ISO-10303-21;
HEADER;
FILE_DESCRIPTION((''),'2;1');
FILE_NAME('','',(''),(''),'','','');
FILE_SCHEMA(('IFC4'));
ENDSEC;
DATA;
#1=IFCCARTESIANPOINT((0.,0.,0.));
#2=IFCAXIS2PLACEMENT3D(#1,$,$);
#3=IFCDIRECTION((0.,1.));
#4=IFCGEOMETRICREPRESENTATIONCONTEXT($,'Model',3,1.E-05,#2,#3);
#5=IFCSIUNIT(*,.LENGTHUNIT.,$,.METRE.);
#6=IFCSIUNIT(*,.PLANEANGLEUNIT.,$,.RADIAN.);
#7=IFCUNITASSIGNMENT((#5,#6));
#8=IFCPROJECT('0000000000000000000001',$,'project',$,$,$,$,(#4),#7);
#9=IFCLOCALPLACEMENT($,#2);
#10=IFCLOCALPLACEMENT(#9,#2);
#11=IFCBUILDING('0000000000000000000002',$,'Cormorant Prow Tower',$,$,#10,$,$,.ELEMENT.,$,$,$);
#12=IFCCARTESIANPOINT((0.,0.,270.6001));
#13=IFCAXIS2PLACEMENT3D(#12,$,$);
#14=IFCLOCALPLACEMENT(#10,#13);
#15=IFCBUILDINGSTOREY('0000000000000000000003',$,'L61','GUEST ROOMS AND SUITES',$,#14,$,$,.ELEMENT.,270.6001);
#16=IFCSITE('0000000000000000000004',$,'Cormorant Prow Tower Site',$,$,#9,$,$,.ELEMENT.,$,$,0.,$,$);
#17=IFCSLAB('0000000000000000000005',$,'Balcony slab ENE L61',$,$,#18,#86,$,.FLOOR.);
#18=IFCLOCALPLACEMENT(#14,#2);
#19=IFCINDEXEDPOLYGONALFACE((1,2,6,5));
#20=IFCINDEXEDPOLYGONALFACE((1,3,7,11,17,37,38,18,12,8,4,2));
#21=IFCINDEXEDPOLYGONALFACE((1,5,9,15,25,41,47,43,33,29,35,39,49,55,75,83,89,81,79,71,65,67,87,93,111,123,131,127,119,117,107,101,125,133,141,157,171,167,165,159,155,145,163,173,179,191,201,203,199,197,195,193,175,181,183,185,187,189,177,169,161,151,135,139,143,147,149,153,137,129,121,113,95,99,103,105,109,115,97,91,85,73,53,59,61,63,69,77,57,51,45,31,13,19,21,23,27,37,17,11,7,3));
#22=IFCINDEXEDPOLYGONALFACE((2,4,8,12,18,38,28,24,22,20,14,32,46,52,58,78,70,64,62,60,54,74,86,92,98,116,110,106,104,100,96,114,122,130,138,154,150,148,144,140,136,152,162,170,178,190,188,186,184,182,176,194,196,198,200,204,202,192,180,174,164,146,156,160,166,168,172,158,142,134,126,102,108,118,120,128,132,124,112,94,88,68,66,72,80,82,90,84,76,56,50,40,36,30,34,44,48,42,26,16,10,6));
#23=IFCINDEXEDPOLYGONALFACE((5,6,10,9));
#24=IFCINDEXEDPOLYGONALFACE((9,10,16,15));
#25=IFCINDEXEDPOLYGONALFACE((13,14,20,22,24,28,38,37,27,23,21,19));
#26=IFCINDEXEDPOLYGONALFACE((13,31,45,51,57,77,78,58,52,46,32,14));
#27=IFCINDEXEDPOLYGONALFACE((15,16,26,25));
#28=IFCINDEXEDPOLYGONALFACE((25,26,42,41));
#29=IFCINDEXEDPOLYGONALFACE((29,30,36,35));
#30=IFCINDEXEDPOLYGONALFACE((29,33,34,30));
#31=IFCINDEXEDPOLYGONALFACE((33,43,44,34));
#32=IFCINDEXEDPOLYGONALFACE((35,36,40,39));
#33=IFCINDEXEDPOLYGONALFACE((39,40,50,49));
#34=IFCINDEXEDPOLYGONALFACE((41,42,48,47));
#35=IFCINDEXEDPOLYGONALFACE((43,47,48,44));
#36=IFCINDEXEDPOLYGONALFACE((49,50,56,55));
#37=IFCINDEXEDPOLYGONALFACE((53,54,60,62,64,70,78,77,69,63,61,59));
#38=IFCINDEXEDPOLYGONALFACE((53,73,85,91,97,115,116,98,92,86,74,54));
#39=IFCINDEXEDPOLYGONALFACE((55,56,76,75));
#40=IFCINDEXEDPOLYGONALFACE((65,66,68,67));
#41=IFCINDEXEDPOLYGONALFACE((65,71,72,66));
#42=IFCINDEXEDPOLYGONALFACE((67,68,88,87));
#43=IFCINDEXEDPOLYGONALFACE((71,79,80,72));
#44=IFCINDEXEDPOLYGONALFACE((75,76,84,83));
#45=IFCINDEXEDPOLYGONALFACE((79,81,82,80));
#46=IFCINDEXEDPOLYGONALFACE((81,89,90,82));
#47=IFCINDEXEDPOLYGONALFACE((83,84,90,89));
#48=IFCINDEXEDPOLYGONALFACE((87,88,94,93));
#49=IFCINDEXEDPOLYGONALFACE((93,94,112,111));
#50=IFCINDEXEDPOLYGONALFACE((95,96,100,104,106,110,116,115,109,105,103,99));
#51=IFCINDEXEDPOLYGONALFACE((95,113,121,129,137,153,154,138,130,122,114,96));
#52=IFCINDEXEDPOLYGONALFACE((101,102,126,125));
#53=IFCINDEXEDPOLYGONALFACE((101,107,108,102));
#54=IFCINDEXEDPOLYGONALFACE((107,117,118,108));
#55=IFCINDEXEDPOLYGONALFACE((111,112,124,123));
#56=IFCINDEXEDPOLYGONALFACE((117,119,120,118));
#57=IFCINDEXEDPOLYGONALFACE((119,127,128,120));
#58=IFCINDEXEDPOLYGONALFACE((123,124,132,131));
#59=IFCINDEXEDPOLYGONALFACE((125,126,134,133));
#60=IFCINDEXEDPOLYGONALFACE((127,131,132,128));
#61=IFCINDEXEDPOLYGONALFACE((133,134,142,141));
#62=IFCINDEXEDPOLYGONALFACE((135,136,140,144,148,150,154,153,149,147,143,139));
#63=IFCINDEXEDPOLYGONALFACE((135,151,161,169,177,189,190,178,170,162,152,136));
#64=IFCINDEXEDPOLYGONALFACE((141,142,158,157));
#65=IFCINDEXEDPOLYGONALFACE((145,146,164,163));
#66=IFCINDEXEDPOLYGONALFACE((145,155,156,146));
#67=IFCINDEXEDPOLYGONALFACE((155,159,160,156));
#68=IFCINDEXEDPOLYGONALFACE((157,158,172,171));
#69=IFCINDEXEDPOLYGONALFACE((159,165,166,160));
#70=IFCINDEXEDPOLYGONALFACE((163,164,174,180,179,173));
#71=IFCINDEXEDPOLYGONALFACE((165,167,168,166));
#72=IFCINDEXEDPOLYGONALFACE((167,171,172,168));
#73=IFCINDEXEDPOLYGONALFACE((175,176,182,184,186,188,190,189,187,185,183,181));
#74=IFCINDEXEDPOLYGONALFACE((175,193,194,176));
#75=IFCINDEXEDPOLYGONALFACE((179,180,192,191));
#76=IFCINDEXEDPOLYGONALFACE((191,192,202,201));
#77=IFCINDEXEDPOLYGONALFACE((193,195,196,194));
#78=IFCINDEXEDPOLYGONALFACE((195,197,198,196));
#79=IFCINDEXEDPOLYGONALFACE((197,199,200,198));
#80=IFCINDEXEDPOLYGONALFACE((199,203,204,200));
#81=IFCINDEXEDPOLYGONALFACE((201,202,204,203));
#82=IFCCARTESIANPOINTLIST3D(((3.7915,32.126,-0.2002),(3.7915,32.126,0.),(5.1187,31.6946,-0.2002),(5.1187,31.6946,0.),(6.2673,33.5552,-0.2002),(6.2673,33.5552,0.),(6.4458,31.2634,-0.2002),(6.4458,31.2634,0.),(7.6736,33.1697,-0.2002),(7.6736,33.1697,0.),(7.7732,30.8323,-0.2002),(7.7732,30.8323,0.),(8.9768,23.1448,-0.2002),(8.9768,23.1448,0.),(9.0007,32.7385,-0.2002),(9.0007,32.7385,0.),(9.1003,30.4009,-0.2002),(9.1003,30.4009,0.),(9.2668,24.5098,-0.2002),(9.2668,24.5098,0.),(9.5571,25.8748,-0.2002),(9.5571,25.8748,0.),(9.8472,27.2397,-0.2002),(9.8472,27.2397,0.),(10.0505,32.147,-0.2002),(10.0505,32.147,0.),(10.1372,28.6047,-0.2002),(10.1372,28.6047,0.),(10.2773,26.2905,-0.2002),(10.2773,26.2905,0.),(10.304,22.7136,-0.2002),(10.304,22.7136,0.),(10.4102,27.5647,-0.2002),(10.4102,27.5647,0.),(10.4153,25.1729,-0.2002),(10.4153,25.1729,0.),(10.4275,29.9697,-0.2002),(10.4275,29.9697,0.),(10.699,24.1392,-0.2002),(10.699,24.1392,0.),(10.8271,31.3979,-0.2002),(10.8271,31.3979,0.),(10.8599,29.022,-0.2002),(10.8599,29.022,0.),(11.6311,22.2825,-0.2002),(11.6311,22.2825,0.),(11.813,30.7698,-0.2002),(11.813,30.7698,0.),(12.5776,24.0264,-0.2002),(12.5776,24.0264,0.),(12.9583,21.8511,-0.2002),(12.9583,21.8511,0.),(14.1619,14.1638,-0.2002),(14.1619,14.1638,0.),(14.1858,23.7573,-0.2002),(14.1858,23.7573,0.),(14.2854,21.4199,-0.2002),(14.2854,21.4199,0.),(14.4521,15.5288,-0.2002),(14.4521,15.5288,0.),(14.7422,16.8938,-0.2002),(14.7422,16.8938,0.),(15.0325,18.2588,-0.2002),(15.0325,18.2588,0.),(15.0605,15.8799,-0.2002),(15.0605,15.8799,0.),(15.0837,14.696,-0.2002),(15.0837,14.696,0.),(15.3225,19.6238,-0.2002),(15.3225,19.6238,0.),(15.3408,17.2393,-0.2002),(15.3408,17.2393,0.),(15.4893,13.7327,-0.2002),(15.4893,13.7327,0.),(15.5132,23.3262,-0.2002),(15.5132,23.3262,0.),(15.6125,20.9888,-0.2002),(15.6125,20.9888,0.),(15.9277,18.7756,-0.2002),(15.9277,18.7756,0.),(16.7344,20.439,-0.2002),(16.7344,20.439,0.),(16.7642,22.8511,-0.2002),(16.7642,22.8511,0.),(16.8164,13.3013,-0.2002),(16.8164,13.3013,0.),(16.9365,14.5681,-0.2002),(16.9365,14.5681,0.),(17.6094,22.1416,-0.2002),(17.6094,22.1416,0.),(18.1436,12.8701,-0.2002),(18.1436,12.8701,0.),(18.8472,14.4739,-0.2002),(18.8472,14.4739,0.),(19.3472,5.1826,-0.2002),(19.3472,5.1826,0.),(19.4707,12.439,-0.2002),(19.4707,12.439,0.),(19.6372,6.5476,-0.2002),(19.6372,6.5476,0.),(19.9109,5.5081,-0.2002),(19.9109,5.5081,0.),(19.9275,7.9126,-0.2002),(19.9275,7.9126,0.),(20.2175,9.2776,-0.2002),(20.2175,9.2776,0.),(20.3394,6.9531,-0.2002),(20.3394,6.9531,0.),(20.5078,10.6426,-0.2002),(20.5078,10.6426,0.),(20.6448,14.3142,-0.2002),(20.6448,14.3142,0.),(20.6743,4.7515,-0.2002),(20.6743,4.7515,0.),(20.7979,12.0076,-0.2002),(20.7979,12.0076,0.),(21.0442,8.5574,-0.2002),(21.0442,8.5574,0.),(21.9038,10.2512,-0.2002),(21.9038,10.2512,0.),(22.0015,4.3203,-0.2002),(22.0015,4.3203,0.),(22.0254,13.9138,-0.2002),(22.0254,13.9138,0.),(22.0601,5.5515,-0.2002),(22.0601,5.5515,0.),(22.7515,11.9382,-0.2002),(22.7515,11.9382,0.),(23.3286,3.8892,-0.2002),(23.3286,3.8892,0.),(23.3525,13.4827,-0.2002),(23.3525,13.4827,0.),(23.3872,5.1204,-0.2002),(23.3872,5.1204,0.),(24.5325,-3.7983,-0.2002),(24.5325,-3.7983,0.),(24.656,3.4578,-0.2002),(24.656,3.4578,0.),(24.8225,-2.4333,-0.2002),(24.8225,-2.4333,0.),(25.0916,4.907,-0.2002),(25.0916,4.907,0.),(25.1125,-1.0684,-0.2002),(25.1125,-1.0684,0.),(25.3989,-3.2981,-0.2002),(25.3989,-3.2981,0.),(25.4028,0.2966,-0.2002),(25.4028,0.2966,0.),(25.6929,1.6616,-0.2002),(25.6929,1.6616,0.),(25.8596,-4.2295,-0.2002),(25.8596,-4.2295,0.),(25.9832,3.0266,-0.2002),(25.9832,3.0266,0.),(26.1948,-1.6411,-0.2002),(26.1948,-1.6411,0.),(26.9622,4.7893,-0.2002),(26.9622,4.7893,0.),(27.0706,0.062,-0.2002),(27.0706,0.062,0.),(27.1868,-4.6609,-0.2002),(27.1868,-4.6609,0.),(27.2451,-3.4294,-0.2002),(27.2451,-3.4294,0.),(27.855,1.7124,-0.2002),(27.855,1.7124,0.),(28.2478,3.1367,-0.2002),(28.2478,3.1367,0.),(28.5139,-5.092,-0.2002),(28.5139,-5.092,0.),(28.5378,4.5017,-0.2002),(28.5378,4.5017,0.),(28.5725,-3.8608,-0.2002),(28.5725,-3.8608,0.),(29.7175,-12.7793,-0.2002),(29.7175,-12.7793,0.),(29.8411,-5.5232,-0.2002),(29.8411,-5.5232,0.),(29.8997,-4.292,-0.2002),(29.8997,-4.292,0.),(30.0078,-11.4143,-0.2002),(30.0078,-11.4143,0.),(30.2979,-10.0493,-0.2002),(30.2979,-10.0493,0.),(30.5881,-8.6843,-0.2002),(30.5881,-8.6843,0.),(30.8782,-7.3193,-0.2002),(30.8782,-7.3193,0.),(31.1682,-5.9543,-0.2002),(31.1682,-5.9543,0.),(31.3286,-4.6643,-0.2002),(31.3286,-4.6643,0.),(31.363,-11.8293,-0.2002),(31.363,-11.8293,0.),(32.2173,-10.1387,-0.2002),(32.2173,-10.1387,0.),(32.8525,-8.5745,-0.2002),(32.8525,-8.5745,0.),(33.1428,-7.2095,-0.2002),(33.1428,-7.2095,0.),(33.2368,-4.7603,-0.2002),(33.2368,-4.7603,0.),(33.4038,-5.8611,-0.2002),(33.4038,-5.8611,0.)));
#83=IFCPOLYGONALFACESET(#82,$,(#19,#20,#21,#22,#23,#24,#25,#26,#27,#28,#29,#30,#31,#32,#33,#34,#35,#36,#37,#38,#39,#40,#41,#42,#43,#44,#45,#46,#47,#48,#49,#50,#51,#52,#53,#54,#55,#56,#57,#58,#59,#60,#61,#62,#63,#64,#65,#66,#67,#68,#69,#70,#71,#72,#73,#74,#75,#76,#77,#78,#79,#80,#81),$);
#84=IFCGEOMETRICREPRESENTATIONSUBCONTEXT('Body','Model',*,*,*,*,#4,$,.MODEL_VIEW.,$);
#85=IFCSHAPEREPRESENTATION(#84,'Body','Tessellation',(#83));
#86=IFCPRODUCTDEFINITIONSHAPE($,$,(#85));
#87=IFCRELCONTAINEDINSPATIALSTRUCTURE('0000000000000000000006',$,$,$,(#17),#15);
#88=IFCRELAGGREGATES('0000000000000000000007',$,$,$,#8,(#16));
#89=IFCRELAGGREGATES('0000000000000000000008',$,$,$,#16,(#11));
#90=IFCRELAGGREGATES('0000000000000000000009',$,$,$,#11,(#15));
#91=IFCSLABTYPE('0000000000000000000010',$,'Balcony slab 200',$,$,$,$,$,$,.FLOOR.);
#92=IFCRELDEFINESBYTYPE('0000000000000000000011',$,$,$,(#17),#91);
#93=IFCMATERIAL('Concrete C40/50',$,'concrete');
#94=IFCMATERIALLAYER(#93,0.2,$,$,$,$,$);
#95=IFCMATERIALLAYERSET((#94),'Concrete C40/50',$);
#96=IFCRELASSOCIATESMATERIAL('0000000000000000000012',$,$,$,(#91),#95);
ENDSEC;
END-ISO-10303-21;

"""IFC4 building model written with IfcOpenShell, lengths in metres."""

from ifc_helpers import new_model, si_unit, direction, frame, origin, place, context, subcontext, project, spatial, polyline, outline, extrude, material, layer, layer_set, type_object, element, save


model = new_model("IFC4")

# Units and contexts
model_context = context("Model", 3, precision=1e-05, world=origin(), true_north=direction((0.0, 1.0)))
body_context = subcontext(model_context, "Body", "Model", "MODEL_VIEW")
ifc_project = project(units=[si_unit("LENGTHUNIT", "METRE"), si_unit("PLANEANGLEUNIT", "RADIAN")], contexts=[model_context])

# Site, building, storey
site_placement = place(None, origin())
site = spatial("IfcSite", under=ifc_project, at=site_placement, Name="Cormorant Prow Tower Site", CompositionType="ELEMENT", RefElevation=0.0)
building_placement = place(site_placement, origin())
building = spatial("IfcBuilding", under=site, at=building_placement, Name="Cormorant Prow Tower", CompositionType="ELEMENT")
storey_placement = place(building_placement, frame((0.0, 0.0, 270.6001)))
storey = spatial("IfcBuildingStorey", under=building, at=storey_placement, Name="L61", Description="GUEST ROOMS AND SUITES", CompositionType="ELEMENT", Elevation=270.6001)

# Slab
ifc_material_1 = material(Name="Concrete C40/50", Category="concrete")
ifc_layer_1 = layer(ifc_material_1, 0.2)
ifc_layer_set_1 = layer_set([ifc_layer_1], Name="Concrete C40/50")
slab_type = type_object("IfcSlabType", Name="Balcony slab 200", PredefinedType="FLOOR", material=ifc_layer_set_1)
slab_1_placement = place(storey_placement, frame((0.0, 0.0, -0.2002)))
element("IfcSlab", 1, at=slab_1_placement, inside=storey, type_object=slab_type, Name="Balcony slab ENE L61", PredefinedType="FLOOR", context=body_context, shape_type="SweptSolid", body=[
    extrude(outline(polyline([(29.7175, -12.7793), (31.363, -11.8293), (32.2173, -10.1387), (32.8525, -8.5745), (33.1428, -7.2095), (33.4038, -5.8611), (33.2368, -4.7603), (31.3286, -4.6643), (29.8997, -4.292), (28.5725, -3.8608), (27.2451, -3.4294), (25.3989, -3.2981), (26.1948, -1.6411), (27.0706, 0.062), (27.855, 1.7124), (28.2478, 3.1367), (28.5378, 4.5017), (26.9622, 4.7893), (25.0916, 4.907), (23.3872, 5.1204), (22.0601, 5.5515), (19.9109, 5.5081), (20.3394, 6.9531), (21.0442, 8.5574), (21.9038, 10.2512), (22.7515, 11.9382), (23.3525, 13.4827), (22.0254, 13.9138), (20.6448, 14.3142), (18.8472, 14.4739), (16.9365, 14.5681), (15.0837, 14.696), (15.0605, 15.8799), (15.3408, 17.2393), (15.9277, 18.7756), (16.7344, 20.439), (17.6094, 22.1416), (16.7642, 22.8511), (15.5132, 23.3262), (14.1858, 23.7573), (12.5776, 24.0264), (10.699, 24.1392), (10.4153, 25.1729), (10.2773, 26.2905), (10.4102, 27.5647), (10.8599, 29.022), (11.813, 30.7698), (10.8271, 31.3979), (10.0505, 32.147), (9.0007, 32.7385), (7.6736, 33.1697), (6.2673, 33.5552), (3.7915, 32.126), (5.1187, 31.6946), (6.4458, 31.2634), (7.7732, 30.8323), (9.1003, 30.4009), (10.4275, 29.9697), (10.1372, 28.6047), (9.8472, 27.2397), (9.5571, 25.8748), (9.2668, 24.5098), (8.9768, 23.1448), (10.304, 22.7136), (11.6311, 22.2825), (12.9583, 21.8511), (14.2854, 21.4199), (15.6125, 20.9888), (15.3225, 19.6238), (15.0325, 18.2588), (14.7422, 16.8938), (14.4521, 15.5288), (14.1619, 14.1638), (15.4893, 13.7327), (16.8164, 13.3013), (18.1436, 12.8701), (19.4707, 12.439), (20.7979, 12.0076), (20.5078, 10.6426), (20.2175, 9.2776), (19.9275, 7.9126), (19.6372, 6.5476), (19.3472, 5.1826), (20.6743, 4.7515), (22.0015, 4.3203), (23.3286, 3.8892), (24.656, 3.4578), (25.9832, 3.0266), (25.6929, 1.6616), (25.4028, 0.2966), (25.1125, -1.0684), (24.8225, -2.4333), (24.5325, -3.7983), (25.8596, -4.2295), (27.1868, -4.6609), (28.5139, -5.092), (29.8411, -5.5232), (31.1682, -5.9543), (30.8782, -7.3193), (30.5881, -8.6843), (30.2979, -10.0493), (30.0078, -11.4143), (29.7175, -12.7793)])), origin(), (0.0, 0.0, 1.0), 0.2002),
])

save(model, "model.ifc")
